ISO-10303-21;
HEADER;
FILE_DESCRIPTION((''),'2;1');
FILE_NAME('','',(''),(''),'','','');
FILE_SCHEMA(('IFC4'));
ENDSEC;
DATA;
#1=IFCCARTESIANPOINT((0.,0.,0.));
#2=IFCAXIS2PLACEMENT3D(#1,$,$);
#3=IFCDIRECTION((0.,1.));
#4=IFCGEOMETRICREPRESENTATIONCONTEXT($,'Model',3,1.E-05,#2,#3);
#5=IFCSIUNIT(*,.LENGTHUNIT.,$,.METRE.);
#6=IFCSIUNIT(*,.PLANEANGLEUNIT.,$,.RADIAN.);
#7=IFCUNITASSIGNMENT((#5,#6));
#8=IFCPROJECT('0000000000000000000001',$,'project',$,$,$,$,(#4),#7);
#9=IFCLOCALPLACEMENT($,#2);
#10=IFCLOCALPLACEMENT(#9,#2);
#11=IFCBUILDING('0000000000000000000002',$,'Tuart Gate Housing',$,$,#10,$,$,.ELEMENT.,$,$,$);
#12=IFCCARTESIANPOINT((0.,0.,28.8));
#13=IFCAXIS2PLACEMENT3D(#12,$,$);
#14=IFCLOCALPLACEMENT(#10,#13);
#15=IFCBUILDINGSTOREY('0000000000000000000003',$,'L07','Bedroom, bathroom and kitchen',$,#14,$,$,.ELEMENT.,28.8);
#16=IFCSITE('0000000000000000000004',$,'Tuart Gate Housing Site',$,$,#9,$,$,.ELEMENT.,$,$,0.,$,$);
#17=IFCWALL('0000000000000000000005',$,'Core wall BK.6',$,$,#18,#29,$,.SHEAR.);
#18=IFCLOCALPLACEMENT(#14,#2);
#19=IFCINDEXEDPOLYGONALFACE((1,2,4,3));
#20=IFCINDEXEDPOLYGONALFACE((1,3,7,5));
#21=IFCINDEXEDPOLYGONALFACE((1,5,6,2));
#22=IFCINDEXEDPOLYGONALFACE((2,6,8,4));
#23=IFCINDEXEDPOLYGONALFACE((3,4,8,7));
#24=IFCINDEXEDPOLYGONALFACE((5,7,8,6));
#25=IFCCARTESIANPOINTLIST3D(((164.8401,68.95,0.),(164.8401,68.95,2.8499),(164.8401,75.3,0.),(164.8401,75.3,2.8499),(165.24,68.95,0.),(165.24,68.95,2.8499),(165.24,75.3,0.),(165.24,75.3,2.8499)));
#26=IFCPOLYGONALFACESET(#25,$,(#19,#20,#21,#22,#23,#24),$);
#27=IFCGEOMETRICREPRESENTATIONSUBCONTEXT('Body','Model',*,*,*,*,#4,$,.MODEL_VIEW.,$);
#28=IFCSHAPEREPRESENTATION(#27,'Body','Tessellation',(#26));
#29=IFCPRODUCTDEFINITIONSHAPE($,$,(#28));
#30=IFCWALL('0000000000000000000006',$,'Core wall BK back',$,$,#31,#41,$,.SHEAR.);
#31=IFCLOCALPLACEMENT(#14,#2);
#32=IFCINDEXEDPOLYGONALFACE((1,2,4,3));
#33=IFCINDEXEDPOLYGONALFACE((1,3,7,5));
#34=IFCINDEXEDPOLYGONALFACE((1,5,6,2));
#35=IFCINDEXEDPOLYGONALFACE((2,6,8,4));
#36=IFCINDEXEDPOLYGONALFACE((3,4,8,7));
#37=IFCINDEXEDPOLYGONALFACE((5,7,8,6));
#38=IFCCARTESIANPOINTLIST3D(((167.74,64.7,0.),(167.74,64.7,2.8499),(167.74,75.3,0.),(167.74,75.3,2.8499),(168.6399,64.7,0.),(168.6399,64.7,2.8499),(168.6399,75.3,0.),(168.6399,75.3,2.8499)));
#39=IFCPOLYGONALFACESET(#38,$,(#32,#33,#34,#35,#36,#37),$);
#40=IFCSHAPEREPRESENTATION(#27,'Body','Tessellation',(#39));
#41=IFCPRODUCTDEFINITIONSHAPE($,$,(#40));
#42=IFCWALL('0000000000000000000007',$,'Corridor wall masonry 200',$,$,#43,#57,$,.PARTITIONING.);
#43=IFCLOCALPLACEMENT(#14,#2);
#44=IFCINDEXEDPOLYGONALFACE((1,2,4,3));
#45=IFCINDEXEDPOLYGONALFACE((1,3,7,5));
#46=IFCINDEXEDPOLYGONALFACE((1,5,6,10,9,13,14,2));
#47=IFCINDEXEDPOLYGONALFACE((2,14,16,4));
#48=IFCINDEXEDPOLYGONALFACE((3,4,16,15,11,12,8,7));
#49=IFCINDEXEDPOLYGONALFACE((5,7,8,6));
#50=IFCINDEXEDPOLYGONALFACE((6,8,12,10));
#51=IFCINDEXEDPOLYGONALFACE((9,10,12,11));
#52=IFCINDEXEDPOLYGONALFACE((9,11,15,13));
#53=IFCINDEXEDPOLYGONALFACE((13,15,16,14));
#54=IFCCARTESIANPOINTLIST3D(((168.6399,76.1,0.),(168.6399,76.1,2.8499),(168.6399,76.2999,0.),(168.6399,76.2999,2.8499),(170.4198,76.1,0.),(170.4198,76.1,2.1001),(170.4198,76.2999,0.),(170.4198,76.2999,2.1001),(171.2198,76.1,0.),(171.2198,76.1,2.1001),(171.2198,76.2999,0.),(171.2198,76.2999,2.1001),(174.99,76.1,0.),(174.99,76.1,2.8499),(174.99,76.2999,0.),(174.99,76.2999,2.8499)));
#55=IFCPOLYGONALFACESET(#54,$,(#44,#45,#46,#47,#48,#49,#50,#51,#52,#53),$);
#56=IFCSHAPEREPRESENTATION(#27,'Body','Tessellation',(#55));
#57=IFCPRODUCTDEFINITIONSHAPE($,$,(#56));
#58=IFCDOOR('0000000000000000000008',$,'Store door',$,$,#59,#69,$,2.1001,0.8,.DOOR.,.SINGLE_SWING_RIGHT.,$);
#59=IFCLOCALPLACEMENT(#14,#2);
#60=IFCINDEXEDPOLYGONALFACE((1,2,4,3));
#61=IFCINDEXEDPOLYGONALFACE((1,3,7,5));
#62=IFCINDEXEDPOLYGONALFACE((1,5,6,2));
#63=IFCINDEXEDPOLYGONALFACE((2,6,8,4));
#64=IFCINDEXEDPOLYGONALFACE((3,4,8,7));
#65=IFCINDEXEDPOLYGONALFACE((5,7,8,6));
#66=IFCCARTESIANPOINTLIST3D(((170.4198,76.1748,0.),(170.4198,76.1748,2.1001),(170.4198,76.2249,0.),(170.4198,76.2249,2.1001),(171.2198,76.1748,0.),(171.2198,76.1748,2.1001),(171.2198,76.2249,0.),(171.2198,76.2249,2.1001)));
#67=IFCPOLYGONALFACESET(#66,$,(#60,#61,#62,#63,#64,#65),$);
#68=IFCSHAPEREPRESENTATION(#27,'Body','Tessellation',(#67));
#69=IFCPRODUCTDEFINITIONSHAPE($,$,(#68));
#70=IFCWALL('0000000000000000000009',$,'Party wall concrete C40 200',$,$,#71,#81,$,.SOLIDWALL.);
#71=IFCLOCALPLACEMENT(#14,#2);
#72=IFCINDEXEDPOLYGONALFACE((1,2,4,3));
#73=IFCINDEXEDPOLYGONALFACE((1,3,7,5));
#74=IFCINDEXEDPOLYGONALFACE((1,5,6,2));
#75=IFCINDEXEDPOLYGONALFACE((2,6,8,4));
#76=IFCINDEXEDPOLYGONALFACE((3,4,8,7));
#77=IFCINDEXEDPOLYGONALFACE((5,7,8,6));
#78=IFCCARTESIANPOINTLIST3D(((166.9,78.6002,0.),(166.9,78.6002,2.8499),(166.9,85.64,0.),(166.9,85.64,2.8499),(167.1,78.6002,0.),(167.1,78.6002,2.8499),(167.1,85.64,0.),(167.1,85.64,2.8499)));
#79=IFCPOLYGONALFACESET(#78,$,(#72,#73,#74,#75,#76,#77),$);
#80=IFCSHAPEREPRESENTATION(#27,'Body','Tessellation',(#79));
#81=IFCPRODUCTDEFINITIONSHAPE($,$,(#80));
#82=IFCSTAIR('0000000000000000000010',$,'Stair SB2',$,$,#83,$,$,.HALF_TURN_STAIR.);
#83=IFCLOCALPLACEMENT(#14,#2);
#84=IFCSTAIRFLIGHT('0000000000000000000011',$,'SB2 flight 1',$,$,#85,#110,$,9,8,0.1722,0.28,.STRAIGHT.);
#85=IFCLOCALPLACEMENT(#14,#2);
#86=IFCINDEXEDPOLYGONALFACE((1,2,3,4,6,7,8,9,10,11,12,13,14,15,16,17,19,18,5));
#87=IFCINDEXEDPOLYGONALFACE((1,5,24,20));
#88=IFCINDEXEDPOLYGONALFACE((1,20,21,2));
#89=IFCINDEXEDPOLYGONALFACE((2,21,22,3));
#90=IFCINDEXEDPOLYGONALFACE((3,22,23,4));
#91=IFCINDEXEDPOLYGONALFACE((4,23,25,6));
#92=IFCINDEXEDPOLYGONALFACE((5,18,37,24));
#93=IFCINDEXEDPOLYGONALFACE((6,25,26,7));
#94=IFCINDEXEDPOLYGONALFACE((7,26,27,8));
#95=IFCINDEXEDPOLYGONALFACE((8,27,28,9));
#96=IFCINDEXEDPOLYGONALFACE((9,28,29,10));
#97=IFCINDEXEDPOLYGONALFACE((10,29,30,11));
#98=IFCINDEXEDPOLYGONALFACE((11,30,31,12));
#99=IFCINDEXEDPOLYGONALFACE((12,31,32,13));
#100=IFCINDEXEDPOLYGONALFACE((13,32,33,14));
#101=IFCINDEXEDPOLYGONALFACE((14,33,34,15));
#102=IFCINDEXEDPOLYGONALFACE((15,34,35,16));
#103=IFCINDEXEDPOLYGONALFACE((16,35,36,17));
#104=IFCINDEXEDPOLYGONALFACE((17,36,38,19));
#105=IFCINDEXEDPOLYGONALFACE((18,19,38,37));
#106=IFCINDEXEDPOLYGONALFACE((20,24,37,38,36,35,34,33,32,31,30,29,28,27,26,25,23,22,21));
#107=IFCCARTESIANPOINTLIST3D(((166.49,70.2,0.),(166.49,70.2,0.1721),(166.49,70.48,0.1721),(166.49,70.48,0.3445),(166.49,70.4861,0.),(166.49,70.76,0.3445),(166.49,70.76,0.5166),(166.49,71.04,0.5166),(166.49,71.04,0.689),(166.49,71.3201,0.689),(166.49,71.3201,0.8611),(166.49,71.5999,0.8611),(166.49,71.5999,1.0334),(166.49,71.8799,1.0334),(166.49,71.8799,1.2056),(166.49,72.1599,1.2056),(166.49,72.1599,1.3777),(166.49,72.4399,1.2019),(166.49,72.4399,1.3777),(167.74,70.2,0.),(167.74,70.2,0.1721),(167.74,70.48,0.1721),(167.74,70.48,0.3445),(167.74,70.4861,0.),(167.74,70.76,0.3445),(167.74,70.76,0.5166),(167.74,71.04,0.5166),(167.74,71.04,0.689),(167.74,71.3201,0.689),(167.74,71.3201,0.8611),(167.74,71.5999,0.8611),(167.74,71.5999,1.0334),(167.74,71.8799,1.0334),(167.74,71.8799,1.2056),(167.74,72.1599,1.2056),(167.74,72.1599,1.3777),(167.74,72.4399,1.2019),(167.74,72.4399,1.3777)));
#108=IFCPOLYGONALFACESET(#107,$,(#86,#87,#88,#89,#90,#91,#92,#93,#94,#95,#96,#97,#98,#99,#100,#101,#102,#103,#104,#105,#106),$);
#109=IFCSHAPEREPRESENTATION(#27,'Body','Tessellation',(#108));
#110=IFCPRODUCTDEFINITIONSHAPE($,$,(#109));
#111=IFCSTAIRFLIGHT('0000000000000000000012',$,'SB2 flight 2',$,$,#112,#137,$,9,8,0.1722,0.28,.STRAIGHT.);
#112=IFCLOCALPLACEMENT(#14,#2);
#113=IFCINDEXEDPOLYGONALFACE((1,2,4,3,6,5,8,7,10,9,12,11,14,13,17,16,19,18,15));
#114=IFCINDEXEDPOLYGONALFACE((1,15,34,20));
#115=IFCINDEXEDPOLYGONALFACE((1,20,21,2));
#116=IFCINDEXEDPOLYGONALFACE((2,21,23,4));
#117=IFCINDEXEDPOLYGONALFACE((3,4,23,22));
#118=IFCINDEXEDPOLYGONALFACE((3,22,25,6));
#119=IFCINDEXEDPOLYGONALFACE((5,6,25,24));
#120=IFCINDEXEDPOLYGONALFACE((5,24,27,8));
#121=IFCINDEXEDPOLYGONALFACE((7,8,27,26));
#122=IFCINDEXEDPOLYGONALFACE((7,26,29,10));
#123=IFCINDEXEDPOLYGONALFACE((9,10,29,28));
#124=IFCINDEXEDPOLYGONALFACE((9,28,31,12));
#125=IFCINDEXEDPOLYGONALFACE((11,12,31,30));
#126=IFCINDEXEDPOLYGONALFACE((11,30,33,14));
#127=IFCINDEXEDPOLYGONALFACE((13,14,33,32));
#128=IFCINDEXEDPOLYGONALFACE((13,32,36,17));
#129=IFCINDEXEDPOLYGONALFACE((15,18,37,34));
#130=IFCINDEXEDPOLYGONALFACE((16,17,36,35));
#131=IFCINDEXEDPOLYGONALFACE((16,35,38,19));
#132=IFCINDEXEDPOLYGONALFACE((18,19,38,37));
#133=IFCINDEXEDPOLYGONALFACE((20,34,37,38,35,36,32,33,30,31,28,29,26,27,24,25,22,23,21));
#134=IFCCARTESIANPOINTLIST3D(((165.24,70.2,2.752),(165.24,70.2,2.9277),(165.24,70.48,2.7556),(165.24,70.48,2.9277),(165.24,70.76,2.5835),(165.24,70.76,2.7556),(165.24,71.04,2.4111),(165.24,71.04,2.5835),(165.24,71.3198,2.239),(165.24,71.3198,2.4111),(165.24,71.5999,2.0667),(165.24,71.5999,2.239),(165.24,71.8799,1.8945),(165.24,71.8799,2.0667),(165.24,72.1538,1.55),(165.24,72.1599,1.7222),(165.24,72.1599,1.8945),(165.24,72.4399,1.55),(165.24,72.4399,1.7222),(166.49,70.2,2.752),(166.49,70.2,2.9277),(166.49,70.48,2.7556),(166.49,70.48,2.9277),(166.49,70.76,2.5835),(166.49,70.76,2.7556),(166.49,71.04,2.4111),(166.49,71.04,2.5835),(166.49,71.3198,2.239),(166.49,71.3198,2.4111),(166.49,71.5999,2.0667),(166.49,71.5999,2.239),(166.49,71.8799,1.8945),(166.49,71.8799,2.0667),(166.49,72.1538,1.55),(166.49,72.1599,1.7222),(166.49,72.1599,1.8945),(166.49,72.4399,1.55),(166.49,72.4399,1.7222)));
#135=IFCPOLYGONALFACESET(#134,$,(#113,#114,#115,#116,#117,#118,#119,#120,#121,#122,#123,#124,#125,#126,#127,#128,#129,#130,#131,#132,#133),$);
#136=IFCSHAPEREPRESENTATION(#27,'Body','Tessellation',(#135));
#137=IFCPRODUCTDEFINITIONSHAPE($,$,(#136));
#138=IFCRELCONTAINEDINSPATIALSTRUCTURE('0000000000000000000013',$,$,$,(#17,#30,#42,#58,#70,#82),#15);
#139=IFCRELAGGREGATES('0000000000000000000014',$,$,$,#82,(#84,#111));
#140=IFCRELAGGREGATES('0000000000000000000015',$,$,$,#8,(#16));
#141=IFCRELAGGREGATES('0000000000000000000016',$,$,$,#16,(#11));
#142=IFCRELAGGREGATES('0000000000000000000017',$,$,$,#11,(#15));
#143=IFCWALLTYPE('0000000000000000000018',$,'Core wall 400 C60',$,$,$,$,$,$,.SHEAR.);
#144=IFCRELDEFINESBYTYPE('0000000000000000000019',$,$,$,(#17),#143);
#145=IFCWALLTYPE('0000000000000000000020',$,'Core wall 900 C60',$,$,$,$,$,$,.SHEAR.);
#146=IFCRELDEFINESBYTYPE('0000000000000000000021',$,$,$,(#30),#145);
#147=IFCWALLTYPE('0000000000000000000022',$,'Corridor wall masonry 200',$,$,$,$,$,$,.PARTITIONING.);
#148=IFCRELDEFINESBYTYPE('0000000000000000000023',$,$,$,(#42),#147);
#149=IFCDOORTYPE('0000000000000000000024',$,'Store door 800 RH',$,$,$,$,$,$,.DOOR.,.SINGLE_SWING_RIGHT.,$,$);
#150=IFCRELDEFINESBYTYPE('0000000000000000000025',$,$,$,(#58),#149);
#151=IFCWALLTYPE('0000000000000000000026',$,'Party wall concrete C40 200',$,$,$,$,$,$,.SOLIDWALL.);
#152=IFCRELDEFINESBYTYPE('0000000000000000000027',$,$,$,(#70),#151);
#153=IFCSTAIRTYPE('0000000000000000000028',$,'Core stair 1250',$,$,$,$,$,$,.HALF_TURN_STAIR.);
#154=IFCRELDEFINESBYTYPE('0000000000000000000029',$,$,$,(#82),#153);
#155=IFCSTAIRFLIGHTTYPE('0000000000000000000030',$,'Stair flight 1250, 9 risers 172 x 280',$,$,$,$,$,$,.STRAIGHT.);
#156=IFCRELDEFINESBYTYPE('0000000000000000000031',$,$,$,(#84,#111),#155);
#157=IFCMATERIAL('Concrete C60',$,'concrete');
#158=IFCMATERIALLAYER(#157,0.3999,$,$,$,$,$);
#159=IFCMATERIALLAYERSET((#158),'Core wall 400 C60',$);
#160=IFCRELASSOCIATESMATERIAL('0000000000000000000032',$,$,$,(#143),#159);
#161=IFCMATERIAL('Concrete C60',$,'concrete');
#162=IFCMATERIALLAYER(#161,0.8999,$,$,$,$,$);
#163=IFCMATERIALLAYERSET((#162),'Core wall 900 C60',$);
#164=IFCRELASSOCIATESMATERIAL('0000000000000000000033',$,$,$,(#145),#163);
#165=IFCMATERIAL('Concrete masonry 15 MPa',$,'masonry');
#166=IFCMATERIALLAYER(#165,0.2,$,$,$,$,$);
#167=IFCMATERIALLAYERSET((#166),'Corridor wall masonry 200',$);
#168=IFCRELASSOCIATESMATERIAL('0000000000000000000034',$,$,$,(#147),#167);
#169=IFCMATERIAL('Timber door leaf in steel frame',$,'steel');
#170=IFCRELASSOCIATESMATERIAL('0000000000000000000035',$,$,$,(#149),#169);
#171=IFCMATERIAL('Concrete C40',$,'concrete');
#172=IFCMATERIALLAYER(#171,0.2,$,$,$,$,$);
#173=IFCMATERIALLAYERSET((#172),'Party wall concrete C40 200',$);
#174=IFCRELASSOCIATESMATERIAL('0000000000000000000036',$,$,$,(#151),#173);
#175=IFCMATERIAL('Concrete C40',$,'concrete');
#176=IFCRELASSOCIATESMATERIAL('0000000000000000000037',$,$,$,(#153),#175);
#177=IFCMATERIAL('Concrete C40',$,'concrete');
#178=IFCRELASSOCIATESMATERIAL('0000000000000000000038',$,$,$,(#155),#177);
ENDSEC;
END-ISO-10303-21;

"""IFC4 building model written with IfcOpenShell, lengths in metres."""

from ifc_helpers import new_model, si_unit, direction, frame, frame_2d, origin, place, context, subcontext, project, spatial, polyline, rectangle, outline, extrude, material, layer, layer_set, type_object, element, fill, aggregate, save


model = new_model("IFC4")

# Units and contexts
model_context = context("Model", 3, precision=1e-05, world=origin(), true_north=direction((0.0, 1.0)))
body_context = subcontext(model_context, "Body", "Model", "MODEL_VIEW")
ifc_project = project(units=[si_unit("LENGTHUNIT", "METRE"), si_unit("PLANEANGLEUNIT", "RADIAN")], contexts=[model_context])

# Site, building, storey
site_placement = place(None, origin())
site = spatial("IfcSite", under=ifc_project, at=site_placement, Name="Tuart Gate Housing Site", CompositionType="ELEMENT", RefElevation=0.0)
building_placement = place(site_placement, origin())
building = spatial("IfcBuilding", under=site, at=building_placement, Name="Tuart Gate Housing", CompositionType="ELEMENT")
storey_placement = place(building_placement, frame((0.0, 0.0, 28.8)))
storey = spatial("IfcBuildingStorey", under=building, at=storey_placement, Name="L07", Description="Bedroom, bathroom and kitchen", CompositionType="ELEMENT", Elevation=28.8)

# Walls
ifc_material_1 = material(Name="Concrete C60", Category="concrete")
ifc_layer_1 = layer(ifc_material_1, 0.3999)
ifc_layer_set_1 = layer_set([ifc_layer_1], Name="Core wall 400 C60")
wall_type_1 = type_object("IfcWallType", Name="Core wall 400 C60", PredefinedType="SHEAR", material=ifc_layer_set_1)
wall_1_placement = place(storey_placement, frame((165.04, 75.3, 0.0), z_axis=(0.0, 0.0, 1.0), x_axis=(0.0, -1.0, 0.0)))
element("IfcWall", 1, at=wall_1_placement, inside=storey, type_object=wall_type_1, Name="Core wall BK.6", PredefinedType="SHEAR", context=body_context, shape_type="SweptSolid", body=[
    extrude(rectangle(XDim=6.3501, YDim=0.3999, at=frame_2d((3.175, 0.0))), origin(), (0.0, 0.0, 1.0), 2.8499),
])
ifc_material_2 = material(Name="Concrete C60", Category="concrete")
ifc_layer_2 = layer(ifc_material_2, 0.8999)
ifc_layer_set_2 = layer_set([ifc_layer_2], Name="Core wall 900 C60")
wall_type_2 = type_object("IfcWallType", Name="Core wall 900 C60", PredefinedType="SHEAR", material=ifc_layer_set_2)
wall_2_placement = place(storey_placement, frame((168.1899, 75.3, 0.0), z_axis=(0.0, 0.0, 1.0), x_axis=(0.0, -1.0, 0.0)))
element("IfcWall", 2, at=wall_2_placement, inside=storey, type_object=wall_type_2, Name="Core wall BK back", PredefinedType="SHEAR", context=body_context, shape_type="SweptSolid", body=[
    extrude(rectangle(XDim=10.6001, YDim=0.8999, at=frame_2d((5.3, 0.0))), origin(), (0.0, 0.0, 1.0), 2.8499),
])

# Wall, opening, door
ifc_material_3 = material(Name="Concrete masonry 15 MPa", Category="masonry")
ifc_layer_3 = layer(ifc_material_3, 0.2)
ifc_layer_set_3 = layer_set([ifc_layer_3], Name="Corridor wall masonry 200")
wall_type_3 = type_object("IfcWallType", Name="Corridor wall masonry 200", PredefinedType="PARTITIONING", material=ifc_layer_set_3)
wall_3_placement = place(storey_placement, frame((168.6399, 76.2, 0.0), z_axis=(0.0, 0.0, 1.0), x_axis=(1.0, 0.0, 0.0)))
wall_3 = element("IfcWall", 3, at=wall_3_placement, inside=storey, type_object=wall_type_3, Name="Corridor wall masonry 200", PredefinedType="PARTITIONING", context=body_context, shape_type="SweptSolid", body=[
    extrude(rectangle(XDim=6.3501, YDim=0.2, at=frame_2d((3.175, 0.0))), origin(), (0.0, 0.0, 1.0), 2.8499),
])
opening_placement = place(wall_3_placement, frame((1.78, 0.0, 0.0)))
opening = element("IfcOpeningElement", 4, at=opening_placement, cuts=wall_3, PredefinedType="OPENING", context=body_context, shape_type="SweptSolid", body=[
    extrude(rectangle(XDim=0.8, YDim=2.1001, at=frame_2d((0.3999, 1.05))), frame((0.0, 0.1099, 0.0), z_axis=(0.0, -1.0, 0.0), x_axis=(1.0, 0.0, 0.0)), (0.0, 0.0, 1.0), 0.22),
])
ifc_material_4 = material(Name="Timber door leaf in steel frame", Category="steel")
door_type = type_object("IfcDoorType", Name="Store door 800 RH", OperationType="SINGLE_SWING_RIGHT", PredefinedType="DOOR", material=ifc_material_4)
door_placement = place(opening_placement, frame((0.8, 0.0, 0.0), z_axis=(0.0, 0.0, 1.0), x_axis=(-1.0, 0.0, 0.0)))
door = element("IfcDoor", 5, at=door_placement, inside=storey, type_object=door_type, Name="Store door", OperationType="SINGLE_SWING_RIGHT", OverallHeight=2.1001, OverallWidth=0.8, PredefinedType="DOOR", context=body_context, shape_type="SweptSolid", body=[
    extrude(rectangle(XDim=0.8, YDim=2.1001, at=frame_2d((0.4001, 1.05))), frame((0.0, 0.0251, 0.0), z_axis=(0.0, -1.0, 0.0), x_axis=(1.0, 0.0, 0.0)), (0.0, 0.0, 1.0), 0.05),
])
fill(opening, door)

# Wall
ifc_material_5 = material(Name="Concrete C40", Category="concrete")
ifc_layer_4 = layer(ifc_material_5, 0.2)
ifc_layer_set_4 = layer_set([ifc_layer_4], Name="Party wall concrete C40 200")
wall_type_4 = type_object("IfcWallType", Name="Party wall concrete C40 200", PredefinedType="SOLIDWALL", material=ifc_layer_set_4)
wall_4_placement = place(storey_placement, frame((167.0, 78.6001, 0.0), z_axis=(0.0, 0.0, 1.0), x_axis=(0.0, 1.0, 0.0)))
element("IfcWall", 6, at=wall_4_placement, inside=storey, type_object=wall_type_4, Name="Party wall concrete C40 200", PredefinedType="SOLIDWALL", context=body_context, shape_type="SweptSolid", body=[
    extrude(rectangle(XDim=7.0398, YDim=0.2, at=frame_2d((3.52, 0.0))), origin(), (0.0, 0.0, 1.0), 2.8499),
])

# Stair, stair flights
ifc_material_6 = material(Name="Concrete C40", Category="concrete")
stair_type = type_object("IfcStairType", Name="Core stair 1250", PredefinedType="HALF_TURN_STAIR", material=ifc_material_6)
stair_placement = place(storey_placement, origin())
stair = element("IfcStair", 7, at=stair_placement, inside=storey, type_object=stair_type, Name="Stair SB2", PredefinedType="HALF_TURN_STAIR")
ifc_material_7 = material(Name="Concrete C40", Category="concrete")
stair_flight_type = type_object("IfcStairFlightType", Name="Stair flight 1250, 9 risers 172 x 280", PredefinedType="STRAIGHT", material=ifc_material_7)
stair_flight_1_placement = place(storey_placement, frame((167.115, 70.2, 0.0), z_axis=(0.0, 0.0, 1.0), x_axis=(0.0, 1.0, 0.0)))
stair_flight_1 = element("IfcStairFlight", 8, at=stair_flight_1_placement, type_object=stair_flight_type, Name="SB2 flight 1", NumberOfRisers=9, NumberOfTreads=8, PredefinedType="STRAIGHT", RiserHeight=0.1722, TreadLength=0.28, context=body_context, shape_type="SweptSolid", body=[
    extrude(outline(polyline([(0.0, 0.0), (0.0, 0.1721), (0.28, 0.1721), (0.28, 0.3445), (0.5601, 0.3445), (0.5601, 0.5166), (0.8401, 0.5166), (0.8401, 0.689), (1.1201, 0.689), (1.1201, 0.8611), (1.3999, 0.8611), (1.3999, 1.0334), (1.6799, 1.0334), (1.6799, 1.2056), (1.96, 1.2056), (1.96, 1.3777), (2.24, 1.3777), (2.24, 1.55), (2.24, 1.2019), (0.2861, 0.0), (0.0, 0.0)])), frame((0.0, 0.625, 0.0), z_axis=(0.0, -1.0, 0.0), x_axis=(1.0, 0.0, 0.0)), (0.0, 0.0, 1.0), 1.25),
])
stair_flight_2_placement = place(storey_placement, frame((165.865, 72.4399, 1.55), z_axis=(0.0, 0.0, 1.0), x_axis=(0.0, -1.0, 0.0)))
stair_flight_2 = element("IfcStairFlight", 9, at=stair_flight_2_placement, type_object=stair_flight_type, Name="SB2 flight 2", NumberOfRisers=9, NumberOfTreads=8, PredefinedType="STRAIGHT", RiserHeight=0.1722, TreadLength=0.28, context=body_context, shape_type="SweptSolid", body=[
    extrude(outline(polyline([(0.0, 0.0), (0.0, 0.1721), (0.28, 0.1721), (0.28, 0.3445), (0.5601, 0.3445), (0.5601, 0.5166), (0.8401, 0.5166), (0.8401, 0.689), (1.1201, 0.689), (1.1201, 0.8611), (1.3999, 0.8611), (1.3999, 1.0334), (1.6799, 1.0334), (1.6799, 1.2056), (1.96, 1.2056), (1.96, 1.3777), (2.24, 1.3777), (2.24, 1.55), (2.24, 1.2019), (0.2861, 0.0), (0.0, 0.0)])), frame((0.0, 0.625, 0.0), z_axis=(0.0, -1.0, 0.0), x_axis=(1.0, 0.0, 0.0)), (0.0, 0.0, 1.0), 1.25),
])
aggregate(stair, [stair_flight_1, stair_flight_2])

save(model, "model.ifc")
